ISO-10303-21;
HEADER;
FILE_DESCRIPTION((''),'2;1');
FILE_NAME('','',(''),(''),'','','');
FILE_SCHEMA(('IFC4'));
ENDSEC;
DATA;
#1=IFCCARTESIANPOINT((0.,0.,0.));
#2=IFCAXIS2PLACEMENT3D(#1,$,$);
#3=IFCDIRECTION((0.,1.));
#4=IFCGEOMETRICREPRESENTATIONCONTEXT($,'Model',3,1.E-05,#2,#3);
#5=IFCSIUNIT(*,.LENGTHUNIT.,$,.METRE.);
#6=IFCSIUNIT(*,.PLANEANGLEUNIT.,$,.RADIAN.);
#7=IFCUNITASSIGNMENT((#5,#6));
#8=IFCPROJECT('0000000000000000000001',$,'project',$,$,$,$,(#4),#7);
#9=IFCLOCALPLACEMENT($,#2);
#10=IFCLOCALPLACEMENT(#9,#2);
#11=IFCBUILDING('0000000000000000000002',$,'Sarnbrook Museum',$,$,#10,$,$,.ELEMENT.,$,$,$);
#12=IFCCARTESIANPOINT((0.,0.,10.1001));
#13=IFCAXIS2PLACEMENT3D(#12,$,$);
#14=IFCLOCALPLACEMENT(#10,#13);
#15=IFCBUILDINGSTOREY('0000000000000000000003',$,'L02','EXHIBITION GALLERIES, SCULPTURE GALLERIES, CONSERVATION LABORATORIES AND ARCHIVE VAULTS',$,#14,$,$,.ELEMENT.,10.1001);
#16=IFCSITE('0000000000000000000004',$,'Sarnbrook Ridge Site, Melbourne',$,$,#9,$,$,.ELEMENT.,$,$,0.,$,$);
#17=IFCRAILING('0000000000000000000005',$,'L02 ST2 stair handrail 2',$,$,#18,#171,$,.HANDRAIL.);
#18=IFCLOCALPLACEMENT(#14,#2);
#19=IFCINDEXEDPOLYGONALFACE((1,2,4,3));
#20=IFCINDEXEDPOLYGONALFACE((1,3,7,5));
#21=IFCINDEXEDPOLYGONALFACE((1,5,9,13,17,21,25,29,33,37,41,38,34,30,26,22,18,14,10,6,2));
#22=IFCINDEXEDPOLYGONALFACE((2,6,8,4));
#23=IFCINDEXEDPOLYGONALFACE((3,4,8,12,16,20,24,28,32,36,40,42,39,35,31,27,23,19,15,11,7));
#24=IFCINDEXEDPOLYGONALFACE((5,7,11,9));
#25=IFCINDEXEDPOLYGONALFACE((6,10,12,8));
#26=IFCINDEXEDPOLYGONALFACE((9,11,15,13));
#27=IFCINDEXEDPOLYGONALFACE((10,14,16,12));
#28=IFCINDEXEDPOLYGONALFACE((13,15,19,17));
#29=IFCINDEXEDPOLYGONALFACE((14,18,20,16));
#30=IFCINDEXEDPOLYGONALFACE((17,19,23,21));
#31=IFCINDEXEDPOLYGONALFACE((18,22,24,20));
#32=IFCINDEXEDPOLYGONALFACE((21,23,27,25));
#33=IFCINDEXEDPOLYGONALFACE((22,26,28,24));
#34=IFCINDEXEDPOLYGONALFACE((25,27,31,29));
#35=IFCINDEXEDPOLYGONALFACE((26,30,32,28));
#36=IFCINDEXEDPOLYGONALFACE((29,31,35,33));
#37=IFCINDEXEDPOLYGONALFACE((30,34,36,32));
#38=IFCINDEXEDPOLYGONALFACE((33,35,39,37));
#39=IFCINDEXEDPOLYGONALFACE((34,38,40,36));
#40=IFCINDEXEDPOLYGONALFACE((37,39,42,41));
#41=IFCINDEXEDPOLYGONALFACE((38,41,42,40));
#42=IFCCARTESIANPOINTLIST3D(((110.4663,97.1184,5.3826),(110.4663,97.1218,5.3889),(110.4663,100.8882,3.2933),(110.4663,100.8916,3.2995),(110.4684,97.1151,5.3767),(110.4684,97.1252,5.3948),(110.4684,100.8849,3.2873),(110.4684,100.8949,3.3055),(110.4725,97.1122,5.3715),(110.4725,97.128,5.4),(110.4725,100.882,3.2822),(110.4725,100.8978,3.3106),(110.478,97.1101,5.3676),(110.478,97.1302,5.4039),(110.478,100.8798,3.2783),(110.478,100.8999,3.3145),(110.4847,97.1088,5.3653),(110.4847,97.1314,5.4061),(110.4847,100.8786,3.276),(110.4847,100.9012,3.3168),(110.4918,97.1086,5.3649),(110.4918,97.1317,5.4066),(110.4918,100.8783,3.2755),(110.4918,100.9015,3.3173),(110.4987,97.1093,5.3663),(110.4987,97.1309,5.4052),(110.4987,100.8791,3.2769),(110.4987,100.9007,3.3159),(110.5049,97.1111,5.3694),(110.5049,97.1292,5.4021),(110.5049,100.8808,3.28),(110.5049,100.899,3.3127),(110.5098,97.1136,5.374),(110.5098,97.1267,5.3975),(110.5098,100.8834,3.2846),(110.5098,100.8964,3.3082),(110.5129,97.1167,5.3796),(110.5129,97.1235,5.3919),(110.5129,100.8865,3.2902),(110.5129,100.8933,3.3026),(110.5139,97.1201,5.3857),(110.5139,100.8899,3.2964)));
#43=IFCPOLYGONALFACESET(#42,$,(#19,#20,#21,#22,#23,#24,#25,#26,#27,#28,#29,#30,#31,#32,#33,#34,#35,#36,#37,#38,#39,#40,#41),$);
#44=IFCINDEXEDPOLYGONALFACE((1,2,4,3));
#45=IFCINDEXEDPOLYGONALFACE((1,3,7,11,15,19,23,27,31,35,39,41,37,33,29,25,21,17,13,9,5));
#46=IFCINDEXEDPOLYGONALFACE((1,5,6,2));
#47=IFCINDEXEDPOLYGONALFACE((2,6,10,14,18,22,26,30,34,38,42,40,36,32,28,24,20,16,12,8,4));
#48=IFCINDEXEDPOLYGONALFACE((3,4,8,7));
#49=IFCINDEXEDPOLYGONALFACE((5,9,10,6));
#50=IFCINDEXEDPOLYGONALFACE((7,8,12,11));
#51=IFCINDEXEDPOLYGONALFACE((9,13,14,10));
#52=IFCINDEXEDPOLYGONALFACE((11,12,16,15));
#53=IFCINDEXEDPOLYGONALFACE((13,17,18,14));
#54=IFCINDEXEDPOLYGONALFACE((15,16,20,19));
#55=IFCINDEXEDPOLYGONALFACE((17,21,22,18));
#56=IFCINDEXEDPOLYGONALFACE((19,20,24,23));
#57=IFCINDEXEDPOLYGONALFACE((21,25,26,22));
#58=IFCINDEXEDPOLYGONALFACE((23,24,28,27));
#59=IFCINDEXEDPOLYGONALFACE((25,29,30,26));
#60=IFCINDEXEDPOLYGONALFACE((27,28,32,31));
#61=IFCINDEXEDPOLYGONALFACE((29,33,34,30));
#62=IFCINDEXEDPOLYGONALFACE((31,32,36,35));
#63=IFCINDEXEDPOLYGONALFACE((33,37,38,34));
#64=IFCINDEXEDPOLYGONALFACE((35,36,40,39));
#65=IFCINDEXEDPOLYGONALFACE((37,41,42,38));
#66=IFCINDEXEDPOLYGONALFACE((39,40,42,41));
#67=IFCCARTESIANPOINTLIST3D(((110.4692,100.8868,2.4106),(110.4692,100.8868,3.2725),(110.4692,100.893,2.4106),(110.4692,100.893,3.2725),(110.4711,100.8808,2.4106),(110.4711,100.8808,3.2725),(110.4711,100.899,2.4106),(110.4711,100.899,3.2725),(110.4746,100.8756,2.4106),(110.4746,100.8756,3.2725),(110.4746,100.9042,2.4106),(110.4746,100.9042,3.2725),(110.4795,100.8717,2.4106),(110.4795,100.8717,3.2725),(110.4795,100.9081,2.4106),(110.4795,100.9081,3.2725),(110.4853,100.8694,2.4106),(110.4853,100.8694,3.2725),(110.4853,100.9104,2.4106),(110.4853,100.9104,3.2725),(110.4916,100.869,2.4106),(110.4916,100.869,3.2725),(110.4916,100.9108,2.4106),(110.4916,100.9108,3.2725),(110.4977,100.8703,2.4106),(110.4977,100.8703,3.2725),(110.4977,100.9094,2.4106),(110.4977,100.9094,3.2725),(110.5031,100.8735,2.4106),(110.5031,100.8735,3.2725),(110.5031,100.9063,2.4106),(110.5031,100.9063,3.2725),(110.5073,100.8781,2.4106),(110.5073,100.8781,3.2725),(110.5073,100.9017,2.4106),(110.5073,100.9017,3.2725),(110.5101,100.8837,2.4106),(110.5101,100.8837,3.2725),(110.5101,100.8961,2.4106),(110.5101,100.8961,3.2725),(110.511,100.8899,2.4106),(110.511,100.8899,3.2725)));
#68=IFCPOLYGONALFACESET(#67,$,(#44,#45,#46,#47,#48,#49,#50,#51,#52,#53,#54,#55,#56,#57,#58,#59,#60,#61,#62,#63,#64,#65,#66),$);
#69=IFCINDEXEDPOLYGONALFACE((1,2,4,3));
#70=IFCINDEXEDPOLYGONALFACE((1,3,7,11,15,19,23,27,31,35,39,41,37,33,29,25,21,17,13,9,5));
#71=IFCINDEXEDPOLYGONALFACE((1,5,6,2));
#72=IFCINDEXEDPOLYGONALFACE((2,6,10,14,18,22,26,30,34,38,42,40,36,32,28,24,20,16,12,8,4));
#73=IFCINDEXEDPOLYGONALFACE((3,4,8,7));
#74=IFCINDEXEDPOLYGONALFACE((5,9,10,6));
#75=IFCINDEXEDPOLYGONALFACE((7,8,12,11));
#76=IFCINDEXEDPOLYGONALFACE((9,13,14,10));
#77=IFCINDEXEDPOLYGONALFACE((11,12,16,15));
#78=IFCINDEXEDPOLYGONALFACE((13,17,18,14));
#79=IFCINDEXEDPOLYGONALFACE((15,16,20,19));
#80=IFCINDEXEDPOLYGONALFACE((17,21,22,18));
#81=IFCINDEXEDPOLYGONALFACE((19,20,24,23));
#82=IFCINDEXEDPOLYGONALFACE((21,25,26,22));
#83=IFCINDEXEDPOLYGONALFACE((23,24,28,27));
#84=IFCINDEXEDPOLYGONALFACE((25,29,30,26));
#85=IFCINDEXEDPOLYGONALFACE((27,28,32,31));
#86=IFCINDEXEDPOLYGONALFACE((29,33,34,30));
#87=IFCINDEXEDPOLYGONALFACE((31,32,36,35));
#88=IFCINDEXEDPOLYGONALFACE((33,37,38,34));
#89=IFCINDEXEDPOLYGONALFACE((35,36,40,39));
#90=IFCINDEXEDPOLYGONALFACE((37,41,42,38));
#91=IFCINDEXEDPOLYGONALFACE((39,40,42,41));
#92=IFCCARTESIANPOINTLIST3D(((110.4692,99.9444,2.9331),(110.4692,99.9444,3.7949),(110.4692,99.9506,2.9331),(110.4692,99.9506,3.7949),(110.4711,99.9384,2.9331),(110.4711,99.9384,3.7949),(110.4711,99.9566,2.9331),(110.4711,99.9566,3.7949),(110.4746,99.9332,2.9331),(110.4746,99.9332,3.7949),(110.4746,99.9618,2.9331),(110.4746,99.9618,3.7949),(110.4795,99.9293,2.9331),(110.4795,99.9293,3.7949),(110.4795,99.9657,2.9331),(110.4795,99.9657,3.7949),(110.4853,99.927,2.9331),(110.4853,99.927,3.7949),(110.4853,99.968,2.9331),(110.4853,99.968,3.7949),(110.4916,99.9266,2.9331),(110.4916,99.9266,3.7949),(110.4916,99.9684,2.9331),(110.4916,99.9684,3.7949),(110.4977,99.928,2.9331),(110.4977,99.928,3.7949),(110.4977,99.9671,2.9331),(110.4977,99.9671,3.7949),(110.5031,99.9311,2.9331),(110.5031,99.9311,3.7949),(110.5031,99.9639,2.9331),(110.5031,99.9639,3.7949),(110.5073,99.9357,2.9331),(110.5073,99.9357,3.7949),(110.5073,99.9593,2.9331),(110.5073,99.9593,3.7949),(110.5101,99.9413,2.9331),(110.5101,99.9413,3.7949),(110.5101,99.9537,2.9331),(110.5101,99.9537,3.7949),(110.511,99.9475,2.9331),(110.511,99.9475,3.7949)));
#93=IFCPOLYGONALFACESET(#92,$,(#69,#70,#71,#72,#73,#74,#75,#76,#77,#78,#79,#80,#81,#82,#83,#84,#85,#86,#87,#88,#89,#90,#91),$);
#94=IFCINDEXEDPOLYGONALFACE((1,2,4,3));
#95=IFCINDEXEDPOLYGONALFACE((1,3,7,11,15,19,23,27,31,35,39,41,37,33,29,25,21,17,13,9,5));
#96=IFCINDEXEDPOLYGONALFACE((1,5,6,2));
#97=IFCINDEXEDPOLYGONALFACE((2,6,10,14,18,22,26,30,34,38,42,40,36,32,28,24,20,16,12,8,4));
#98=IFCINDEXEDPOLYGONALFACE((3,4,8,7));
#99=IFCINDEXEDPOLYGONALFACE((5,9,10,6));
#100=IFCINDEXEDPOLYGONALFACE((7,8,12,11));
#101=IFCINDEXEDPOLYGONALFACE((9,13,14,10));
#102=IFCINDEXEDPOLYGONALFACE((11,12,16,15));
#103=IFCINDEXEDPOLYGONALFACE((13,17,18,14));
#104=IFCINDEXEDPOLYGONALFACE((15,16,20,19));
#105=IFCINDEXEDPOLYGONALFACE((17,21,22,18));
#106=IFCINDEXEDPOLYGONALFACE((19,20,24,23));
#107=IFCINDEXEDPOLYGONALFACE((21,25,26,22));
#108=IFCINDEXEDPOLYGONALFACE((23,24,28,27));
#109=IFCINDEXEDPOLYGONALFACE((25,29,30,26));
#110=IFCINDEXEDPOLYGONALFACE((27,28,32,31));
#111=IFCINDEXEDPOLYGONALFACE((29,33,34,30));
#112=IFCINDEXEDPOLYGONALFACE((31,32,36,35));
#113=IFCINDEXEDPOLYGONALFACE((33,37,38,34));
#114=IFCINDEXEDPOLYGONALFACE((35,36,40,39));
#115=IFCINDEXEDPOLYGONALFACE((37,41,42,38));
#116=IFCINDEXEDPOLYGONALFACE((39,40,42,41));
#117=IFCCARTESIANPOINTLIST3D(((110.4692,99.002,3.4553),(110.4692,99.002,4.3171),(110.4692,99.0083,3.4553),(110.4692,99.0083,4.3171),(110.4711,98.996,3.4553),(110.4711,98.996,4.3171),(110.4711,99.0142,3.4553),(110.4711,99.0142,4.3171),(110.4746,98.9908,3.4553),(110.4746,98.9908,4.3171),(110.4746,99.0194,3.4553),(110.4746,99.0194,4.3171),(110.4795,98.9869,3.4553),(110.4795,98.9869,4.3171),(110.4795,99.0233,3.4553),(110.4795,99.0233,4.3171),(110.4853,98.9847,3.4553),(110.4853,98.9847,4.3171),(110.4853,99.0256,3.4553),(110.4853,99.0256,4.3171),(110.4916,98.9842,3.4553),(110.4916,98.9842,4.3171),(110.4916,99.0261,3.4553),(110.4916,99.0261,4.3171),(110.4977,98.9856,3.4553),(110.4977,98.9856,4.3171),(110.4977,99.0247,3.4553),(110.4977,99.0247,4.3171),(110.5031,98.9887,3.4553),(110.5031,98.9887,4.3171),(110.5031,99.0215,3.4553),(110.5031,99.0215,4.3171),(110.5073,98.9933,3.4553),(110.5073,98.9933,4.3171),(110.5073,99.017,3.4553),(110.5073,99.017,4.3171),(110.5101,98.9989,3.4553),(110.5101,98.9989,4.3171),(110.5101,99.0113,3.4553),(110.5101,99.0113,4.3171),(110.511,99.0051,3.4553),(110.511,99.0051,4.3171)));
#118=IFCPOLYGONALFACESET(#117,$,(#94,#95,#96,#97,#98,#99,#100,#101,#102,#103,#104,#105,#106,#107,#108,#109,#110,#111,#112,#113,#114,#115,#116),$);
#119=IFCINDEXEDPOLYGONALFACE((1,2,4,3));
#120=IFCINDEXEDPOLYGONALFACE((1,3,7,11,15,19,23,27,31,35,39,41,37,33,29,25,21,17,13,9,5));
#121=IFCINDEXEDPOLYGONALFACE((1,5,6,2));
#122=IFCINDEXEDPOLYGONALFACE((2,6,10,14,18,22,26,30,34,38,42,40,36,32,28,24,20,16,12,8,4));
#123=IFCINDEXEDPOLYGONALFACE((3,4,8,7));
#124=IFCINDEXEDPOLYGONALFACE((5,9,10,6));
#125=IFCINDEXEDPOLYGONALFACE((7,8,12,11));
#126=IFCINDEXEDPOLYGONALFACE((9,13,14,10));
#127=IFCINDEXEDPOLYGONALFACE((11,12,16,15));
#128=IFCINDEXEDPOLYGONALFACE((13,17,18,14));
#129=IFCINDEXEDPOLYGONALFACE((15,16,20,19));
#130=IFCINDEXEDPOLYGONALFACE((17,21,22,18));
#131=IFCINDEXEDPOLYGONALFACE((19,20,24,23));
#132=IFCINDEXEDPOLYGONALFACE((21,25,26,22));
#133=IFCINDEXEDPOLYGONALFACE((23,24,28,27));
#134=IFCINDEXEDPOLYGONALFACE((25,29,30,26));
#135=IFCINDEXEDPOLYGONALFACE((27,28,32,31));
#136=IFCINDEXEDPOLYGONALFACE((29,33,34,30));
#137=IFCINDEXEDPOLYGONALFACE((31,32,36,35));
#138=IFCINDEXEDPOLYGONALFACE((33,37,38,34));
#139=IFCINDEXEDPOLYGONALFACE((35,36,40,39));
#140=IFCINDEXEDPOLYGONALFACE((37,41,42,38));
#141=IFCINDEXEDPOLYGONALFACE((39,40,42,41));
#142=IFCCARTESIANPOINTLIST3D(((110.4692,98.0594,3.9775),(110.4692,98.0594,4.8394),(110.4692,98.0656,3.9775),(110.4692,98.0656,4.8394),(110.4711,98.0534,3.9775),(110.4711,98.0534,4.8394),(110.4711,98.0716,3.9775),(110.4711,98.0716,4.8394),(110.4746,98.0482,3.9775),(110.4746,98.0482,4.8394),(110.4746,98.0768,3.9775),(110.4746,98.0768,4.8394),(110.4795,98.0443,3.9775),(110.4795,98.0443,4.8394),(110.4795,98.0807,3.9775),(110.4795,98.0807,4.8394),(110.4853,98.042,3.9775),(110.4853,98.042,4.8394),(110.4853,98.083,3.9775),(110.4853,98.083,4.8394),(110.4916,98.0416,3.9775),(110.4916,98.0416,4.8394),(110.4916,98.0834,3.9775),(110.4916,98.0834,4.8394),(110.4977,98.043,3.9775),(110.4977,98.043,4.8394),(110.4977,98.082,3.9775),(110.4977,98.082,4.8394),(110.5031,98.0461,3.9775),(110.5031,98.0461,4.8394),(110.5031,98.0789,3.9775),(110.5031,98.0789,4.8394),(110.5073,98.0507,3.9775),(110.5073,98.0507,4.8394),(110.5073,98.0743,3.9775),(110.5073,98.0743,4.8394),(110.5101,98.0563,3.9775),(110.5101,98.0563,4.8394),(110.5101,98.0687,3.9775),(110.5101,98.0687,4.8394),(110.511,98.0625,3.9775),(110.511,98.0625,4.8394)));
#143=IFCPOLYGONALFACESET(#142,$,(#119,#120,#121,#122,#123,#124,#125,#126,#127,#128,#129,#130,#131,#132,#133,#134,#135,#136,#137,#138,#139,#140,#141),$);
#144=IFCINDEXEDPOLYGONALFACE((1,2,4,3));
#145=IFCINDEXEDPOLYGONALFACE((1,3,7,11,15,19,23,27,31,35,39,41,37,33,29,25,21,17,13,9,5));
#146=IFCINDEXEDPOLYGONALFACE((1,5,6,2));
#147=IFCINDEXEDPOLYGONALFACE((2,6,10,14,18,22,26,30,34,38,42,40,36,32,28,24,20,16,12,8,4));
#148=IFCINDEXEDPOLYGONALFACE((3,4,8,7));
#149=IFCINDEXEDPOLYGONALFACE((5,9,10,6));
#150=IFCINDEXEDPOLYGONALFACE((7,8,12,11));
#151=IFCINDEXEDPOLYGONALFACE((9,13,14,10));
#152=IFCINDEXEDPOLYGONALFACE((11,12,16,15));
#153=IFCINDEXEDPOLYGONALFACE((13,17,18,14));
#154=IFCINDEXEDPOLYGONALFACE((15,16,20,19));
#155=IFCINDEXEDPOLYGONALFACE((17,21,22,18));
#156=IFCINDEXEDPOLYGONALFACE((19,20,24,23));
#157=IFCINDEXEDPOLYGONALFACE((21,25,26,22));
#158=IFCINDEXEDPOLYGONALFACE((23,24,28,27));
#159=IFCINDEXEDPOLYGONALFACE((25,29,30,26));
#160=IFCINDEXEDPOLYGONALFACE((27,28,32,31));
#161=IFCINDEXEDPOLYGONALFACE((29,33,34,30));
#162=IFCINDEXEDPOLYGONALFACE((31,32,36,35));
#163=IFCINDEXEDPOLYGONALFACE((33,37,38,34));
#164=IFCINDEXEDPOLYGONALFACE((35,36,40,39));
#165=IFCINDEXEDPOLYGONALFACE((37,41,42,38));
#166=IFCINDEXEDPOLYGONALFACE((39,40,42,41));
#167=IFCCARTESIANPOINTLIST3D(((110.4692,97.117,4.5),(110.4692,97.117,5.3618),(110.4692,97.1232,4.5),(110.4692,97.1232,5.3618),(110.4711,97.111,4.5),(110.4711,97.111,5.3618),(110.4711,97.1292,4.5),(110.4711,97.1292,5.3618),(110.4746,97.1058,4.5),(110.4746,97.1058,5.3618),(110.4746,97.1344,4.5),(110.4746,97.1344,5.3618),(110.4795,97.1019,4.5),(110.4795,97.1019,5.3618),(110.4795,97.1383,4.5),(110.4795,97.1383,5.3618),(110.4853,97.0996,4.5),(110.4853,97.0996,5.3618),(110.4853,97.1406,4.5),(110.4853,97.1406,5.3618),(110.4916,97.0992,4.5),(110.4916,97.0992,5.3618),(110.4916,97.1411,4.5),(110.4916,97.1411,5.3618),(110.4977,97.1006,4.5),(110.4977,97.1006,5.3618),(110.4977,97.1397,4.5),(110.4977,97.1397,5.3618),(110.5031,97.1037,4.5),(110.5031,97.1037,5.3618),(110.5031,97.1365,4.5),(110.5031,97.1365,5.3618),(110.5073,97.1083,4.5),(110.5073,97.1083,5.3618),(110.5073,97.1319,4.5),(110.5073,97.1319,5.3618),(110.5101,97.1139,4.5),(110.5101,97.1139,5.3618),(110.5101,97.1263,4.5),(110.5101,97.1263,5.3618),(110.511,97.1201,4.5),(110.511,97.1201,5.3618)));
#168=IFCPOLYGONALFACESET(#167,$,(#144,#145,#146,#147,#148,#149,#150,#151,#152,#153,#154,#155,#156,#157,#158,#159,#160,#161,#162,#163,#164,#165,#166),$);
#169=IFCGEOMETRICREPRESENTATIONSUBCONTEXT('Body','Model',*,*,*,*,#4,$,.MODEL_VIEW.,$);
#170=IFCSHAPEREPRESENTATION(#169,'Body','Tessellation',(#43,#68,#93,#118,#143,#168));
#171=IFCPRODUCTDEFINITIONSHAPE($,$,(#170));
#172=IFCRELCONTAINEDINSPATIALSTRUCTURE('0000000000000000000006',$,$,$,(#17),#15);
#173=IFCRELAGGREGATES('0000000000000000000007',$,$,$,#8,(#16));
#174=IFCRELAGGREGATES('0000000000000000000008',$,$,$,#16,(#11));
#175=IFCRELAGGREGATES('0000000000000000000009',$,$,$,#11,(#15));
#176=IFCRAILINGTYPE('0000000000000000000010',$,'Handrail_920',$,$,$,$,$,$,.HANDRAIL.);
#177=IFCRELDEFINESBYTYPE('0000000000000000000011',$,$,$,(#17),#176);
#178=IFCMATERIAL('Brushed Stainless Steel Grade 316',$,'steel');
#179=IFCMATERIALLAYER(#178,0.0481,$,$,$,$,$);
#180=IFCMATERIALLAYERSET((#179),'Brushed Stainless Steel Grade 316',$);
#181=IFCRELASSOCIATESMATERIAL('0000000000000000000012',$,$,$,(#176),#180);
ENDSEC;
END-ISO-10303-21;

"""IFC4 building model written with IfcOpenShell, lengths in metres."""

from ifc_helpers import new_model, si_unit, direction, frame, origin, origin_2d, place, context, subcontext, project, spatial, circle, extrude, material, layer, layer_set, type_object, element, save


model = new_model("IFC4")

# Units and contexts
model_context = context("Model", 3, precision=1e-05, world=origin(), true_north=direction((0.0, 1.0)))
body_context = subcontext(model_context, "Body", "Model", "MODEL_VIEW")
ifc_project = project(units=[si_unit("LENGTHUNIT", "METRE"), si_unit("PLANEANGLEUNIT", "RADIAN")], contexts=[model_context])

# Site, building, storey
site_placement = place(None, origin())
site = spatial("IfcSite", under=ifc_project, at=site_placement, Name="Sarnbrook Ridge Site, Melbourne", CompositionType="ELEMENT", RefElevation=0.0)
building_placement = place(site_placement, origin())
building = spatial("IfcBuilding", under=site, at=building_placement, Name="Sarnbrook Museum", CompositionType="ELEMENT")
storey_placement = place(building_placement, frame((0.0, 0.0, 10.1001)))
storey = spatial("IfcBuildingStorey", under=building, at=storey_placement, Name="L02", Description="EXHIBITION GALLERIES, SCULPTURE GALLERIES, CONSERVATION LABORATORIES AND ARCHIVE VAULTS", CompositionType="ELEMENT", Elevation=10.1001)

# Shared definitions
ifc_material_1 = material(Name="Brushed Stainless Steel Grade 316", Category="steel")

# Railing
ifc_layer_1 = layer(ifc_material_1, 0.0481)
ifc_layer_set_1 = layer_set([ifc_layer_1], Name="Brushed Stainless Steel Grade 316")
railing_type_1 = type_object("IfcRailingType", Name="Handrail_920", PredefinedType="HANDRAIL", material=ifc_layer_set_1)
railing_1_placement = place(storey_placement, frame((110.49, 100.8899, 2.4106)))
element("IfcRailing", 1, at=railing_1_placement, inside=storey, type_object=railing_type_1, Name="L02 ST2 stair handrail 2", PredefinedType="HANDRAIL", context=body_context, shape_type="SweptSolid", body=[
    extrude(circle(Radius=0.0239, at=origin_2d()), frame((0.0, 0.0, 0.8857), z_axis=(0.0, -0.874646, 0.484763), x_axis=(1.0, 0.0, 0.0)), (0.0, 0.0, 1.0), 4.3101),
    extrude(circle(Radius=0.021, at=origin_2d()), origin(), (0.0, 0.0, 1.0), 0.8618),
    extrude(circle(Radius=0.021, at=origin_2d()), frame((0.0, -0.9424, 0.5225)), (0.0, 0.0, 1.0), 0.8618),
    extrude(circle(Radius=0.021, at=origin_2d()), frame((0.0, -1.8848, 1.0447)), (0.0, 0.0, 1.0), 0.8618),
    extrude(circle(Radius=0.021, at=origin_2d()), frame((0.0, -2.8274, 1.5669)), (0.0, 0.0, 1.0), 0.8618),
    extrude(circle(Radius=0.021, at=origin_2d()), frame((0.0, -3.7698, 2.0894)), (0.0, 0.0, 1.0), 0.8618),
])

save(model, "model.ifc")
